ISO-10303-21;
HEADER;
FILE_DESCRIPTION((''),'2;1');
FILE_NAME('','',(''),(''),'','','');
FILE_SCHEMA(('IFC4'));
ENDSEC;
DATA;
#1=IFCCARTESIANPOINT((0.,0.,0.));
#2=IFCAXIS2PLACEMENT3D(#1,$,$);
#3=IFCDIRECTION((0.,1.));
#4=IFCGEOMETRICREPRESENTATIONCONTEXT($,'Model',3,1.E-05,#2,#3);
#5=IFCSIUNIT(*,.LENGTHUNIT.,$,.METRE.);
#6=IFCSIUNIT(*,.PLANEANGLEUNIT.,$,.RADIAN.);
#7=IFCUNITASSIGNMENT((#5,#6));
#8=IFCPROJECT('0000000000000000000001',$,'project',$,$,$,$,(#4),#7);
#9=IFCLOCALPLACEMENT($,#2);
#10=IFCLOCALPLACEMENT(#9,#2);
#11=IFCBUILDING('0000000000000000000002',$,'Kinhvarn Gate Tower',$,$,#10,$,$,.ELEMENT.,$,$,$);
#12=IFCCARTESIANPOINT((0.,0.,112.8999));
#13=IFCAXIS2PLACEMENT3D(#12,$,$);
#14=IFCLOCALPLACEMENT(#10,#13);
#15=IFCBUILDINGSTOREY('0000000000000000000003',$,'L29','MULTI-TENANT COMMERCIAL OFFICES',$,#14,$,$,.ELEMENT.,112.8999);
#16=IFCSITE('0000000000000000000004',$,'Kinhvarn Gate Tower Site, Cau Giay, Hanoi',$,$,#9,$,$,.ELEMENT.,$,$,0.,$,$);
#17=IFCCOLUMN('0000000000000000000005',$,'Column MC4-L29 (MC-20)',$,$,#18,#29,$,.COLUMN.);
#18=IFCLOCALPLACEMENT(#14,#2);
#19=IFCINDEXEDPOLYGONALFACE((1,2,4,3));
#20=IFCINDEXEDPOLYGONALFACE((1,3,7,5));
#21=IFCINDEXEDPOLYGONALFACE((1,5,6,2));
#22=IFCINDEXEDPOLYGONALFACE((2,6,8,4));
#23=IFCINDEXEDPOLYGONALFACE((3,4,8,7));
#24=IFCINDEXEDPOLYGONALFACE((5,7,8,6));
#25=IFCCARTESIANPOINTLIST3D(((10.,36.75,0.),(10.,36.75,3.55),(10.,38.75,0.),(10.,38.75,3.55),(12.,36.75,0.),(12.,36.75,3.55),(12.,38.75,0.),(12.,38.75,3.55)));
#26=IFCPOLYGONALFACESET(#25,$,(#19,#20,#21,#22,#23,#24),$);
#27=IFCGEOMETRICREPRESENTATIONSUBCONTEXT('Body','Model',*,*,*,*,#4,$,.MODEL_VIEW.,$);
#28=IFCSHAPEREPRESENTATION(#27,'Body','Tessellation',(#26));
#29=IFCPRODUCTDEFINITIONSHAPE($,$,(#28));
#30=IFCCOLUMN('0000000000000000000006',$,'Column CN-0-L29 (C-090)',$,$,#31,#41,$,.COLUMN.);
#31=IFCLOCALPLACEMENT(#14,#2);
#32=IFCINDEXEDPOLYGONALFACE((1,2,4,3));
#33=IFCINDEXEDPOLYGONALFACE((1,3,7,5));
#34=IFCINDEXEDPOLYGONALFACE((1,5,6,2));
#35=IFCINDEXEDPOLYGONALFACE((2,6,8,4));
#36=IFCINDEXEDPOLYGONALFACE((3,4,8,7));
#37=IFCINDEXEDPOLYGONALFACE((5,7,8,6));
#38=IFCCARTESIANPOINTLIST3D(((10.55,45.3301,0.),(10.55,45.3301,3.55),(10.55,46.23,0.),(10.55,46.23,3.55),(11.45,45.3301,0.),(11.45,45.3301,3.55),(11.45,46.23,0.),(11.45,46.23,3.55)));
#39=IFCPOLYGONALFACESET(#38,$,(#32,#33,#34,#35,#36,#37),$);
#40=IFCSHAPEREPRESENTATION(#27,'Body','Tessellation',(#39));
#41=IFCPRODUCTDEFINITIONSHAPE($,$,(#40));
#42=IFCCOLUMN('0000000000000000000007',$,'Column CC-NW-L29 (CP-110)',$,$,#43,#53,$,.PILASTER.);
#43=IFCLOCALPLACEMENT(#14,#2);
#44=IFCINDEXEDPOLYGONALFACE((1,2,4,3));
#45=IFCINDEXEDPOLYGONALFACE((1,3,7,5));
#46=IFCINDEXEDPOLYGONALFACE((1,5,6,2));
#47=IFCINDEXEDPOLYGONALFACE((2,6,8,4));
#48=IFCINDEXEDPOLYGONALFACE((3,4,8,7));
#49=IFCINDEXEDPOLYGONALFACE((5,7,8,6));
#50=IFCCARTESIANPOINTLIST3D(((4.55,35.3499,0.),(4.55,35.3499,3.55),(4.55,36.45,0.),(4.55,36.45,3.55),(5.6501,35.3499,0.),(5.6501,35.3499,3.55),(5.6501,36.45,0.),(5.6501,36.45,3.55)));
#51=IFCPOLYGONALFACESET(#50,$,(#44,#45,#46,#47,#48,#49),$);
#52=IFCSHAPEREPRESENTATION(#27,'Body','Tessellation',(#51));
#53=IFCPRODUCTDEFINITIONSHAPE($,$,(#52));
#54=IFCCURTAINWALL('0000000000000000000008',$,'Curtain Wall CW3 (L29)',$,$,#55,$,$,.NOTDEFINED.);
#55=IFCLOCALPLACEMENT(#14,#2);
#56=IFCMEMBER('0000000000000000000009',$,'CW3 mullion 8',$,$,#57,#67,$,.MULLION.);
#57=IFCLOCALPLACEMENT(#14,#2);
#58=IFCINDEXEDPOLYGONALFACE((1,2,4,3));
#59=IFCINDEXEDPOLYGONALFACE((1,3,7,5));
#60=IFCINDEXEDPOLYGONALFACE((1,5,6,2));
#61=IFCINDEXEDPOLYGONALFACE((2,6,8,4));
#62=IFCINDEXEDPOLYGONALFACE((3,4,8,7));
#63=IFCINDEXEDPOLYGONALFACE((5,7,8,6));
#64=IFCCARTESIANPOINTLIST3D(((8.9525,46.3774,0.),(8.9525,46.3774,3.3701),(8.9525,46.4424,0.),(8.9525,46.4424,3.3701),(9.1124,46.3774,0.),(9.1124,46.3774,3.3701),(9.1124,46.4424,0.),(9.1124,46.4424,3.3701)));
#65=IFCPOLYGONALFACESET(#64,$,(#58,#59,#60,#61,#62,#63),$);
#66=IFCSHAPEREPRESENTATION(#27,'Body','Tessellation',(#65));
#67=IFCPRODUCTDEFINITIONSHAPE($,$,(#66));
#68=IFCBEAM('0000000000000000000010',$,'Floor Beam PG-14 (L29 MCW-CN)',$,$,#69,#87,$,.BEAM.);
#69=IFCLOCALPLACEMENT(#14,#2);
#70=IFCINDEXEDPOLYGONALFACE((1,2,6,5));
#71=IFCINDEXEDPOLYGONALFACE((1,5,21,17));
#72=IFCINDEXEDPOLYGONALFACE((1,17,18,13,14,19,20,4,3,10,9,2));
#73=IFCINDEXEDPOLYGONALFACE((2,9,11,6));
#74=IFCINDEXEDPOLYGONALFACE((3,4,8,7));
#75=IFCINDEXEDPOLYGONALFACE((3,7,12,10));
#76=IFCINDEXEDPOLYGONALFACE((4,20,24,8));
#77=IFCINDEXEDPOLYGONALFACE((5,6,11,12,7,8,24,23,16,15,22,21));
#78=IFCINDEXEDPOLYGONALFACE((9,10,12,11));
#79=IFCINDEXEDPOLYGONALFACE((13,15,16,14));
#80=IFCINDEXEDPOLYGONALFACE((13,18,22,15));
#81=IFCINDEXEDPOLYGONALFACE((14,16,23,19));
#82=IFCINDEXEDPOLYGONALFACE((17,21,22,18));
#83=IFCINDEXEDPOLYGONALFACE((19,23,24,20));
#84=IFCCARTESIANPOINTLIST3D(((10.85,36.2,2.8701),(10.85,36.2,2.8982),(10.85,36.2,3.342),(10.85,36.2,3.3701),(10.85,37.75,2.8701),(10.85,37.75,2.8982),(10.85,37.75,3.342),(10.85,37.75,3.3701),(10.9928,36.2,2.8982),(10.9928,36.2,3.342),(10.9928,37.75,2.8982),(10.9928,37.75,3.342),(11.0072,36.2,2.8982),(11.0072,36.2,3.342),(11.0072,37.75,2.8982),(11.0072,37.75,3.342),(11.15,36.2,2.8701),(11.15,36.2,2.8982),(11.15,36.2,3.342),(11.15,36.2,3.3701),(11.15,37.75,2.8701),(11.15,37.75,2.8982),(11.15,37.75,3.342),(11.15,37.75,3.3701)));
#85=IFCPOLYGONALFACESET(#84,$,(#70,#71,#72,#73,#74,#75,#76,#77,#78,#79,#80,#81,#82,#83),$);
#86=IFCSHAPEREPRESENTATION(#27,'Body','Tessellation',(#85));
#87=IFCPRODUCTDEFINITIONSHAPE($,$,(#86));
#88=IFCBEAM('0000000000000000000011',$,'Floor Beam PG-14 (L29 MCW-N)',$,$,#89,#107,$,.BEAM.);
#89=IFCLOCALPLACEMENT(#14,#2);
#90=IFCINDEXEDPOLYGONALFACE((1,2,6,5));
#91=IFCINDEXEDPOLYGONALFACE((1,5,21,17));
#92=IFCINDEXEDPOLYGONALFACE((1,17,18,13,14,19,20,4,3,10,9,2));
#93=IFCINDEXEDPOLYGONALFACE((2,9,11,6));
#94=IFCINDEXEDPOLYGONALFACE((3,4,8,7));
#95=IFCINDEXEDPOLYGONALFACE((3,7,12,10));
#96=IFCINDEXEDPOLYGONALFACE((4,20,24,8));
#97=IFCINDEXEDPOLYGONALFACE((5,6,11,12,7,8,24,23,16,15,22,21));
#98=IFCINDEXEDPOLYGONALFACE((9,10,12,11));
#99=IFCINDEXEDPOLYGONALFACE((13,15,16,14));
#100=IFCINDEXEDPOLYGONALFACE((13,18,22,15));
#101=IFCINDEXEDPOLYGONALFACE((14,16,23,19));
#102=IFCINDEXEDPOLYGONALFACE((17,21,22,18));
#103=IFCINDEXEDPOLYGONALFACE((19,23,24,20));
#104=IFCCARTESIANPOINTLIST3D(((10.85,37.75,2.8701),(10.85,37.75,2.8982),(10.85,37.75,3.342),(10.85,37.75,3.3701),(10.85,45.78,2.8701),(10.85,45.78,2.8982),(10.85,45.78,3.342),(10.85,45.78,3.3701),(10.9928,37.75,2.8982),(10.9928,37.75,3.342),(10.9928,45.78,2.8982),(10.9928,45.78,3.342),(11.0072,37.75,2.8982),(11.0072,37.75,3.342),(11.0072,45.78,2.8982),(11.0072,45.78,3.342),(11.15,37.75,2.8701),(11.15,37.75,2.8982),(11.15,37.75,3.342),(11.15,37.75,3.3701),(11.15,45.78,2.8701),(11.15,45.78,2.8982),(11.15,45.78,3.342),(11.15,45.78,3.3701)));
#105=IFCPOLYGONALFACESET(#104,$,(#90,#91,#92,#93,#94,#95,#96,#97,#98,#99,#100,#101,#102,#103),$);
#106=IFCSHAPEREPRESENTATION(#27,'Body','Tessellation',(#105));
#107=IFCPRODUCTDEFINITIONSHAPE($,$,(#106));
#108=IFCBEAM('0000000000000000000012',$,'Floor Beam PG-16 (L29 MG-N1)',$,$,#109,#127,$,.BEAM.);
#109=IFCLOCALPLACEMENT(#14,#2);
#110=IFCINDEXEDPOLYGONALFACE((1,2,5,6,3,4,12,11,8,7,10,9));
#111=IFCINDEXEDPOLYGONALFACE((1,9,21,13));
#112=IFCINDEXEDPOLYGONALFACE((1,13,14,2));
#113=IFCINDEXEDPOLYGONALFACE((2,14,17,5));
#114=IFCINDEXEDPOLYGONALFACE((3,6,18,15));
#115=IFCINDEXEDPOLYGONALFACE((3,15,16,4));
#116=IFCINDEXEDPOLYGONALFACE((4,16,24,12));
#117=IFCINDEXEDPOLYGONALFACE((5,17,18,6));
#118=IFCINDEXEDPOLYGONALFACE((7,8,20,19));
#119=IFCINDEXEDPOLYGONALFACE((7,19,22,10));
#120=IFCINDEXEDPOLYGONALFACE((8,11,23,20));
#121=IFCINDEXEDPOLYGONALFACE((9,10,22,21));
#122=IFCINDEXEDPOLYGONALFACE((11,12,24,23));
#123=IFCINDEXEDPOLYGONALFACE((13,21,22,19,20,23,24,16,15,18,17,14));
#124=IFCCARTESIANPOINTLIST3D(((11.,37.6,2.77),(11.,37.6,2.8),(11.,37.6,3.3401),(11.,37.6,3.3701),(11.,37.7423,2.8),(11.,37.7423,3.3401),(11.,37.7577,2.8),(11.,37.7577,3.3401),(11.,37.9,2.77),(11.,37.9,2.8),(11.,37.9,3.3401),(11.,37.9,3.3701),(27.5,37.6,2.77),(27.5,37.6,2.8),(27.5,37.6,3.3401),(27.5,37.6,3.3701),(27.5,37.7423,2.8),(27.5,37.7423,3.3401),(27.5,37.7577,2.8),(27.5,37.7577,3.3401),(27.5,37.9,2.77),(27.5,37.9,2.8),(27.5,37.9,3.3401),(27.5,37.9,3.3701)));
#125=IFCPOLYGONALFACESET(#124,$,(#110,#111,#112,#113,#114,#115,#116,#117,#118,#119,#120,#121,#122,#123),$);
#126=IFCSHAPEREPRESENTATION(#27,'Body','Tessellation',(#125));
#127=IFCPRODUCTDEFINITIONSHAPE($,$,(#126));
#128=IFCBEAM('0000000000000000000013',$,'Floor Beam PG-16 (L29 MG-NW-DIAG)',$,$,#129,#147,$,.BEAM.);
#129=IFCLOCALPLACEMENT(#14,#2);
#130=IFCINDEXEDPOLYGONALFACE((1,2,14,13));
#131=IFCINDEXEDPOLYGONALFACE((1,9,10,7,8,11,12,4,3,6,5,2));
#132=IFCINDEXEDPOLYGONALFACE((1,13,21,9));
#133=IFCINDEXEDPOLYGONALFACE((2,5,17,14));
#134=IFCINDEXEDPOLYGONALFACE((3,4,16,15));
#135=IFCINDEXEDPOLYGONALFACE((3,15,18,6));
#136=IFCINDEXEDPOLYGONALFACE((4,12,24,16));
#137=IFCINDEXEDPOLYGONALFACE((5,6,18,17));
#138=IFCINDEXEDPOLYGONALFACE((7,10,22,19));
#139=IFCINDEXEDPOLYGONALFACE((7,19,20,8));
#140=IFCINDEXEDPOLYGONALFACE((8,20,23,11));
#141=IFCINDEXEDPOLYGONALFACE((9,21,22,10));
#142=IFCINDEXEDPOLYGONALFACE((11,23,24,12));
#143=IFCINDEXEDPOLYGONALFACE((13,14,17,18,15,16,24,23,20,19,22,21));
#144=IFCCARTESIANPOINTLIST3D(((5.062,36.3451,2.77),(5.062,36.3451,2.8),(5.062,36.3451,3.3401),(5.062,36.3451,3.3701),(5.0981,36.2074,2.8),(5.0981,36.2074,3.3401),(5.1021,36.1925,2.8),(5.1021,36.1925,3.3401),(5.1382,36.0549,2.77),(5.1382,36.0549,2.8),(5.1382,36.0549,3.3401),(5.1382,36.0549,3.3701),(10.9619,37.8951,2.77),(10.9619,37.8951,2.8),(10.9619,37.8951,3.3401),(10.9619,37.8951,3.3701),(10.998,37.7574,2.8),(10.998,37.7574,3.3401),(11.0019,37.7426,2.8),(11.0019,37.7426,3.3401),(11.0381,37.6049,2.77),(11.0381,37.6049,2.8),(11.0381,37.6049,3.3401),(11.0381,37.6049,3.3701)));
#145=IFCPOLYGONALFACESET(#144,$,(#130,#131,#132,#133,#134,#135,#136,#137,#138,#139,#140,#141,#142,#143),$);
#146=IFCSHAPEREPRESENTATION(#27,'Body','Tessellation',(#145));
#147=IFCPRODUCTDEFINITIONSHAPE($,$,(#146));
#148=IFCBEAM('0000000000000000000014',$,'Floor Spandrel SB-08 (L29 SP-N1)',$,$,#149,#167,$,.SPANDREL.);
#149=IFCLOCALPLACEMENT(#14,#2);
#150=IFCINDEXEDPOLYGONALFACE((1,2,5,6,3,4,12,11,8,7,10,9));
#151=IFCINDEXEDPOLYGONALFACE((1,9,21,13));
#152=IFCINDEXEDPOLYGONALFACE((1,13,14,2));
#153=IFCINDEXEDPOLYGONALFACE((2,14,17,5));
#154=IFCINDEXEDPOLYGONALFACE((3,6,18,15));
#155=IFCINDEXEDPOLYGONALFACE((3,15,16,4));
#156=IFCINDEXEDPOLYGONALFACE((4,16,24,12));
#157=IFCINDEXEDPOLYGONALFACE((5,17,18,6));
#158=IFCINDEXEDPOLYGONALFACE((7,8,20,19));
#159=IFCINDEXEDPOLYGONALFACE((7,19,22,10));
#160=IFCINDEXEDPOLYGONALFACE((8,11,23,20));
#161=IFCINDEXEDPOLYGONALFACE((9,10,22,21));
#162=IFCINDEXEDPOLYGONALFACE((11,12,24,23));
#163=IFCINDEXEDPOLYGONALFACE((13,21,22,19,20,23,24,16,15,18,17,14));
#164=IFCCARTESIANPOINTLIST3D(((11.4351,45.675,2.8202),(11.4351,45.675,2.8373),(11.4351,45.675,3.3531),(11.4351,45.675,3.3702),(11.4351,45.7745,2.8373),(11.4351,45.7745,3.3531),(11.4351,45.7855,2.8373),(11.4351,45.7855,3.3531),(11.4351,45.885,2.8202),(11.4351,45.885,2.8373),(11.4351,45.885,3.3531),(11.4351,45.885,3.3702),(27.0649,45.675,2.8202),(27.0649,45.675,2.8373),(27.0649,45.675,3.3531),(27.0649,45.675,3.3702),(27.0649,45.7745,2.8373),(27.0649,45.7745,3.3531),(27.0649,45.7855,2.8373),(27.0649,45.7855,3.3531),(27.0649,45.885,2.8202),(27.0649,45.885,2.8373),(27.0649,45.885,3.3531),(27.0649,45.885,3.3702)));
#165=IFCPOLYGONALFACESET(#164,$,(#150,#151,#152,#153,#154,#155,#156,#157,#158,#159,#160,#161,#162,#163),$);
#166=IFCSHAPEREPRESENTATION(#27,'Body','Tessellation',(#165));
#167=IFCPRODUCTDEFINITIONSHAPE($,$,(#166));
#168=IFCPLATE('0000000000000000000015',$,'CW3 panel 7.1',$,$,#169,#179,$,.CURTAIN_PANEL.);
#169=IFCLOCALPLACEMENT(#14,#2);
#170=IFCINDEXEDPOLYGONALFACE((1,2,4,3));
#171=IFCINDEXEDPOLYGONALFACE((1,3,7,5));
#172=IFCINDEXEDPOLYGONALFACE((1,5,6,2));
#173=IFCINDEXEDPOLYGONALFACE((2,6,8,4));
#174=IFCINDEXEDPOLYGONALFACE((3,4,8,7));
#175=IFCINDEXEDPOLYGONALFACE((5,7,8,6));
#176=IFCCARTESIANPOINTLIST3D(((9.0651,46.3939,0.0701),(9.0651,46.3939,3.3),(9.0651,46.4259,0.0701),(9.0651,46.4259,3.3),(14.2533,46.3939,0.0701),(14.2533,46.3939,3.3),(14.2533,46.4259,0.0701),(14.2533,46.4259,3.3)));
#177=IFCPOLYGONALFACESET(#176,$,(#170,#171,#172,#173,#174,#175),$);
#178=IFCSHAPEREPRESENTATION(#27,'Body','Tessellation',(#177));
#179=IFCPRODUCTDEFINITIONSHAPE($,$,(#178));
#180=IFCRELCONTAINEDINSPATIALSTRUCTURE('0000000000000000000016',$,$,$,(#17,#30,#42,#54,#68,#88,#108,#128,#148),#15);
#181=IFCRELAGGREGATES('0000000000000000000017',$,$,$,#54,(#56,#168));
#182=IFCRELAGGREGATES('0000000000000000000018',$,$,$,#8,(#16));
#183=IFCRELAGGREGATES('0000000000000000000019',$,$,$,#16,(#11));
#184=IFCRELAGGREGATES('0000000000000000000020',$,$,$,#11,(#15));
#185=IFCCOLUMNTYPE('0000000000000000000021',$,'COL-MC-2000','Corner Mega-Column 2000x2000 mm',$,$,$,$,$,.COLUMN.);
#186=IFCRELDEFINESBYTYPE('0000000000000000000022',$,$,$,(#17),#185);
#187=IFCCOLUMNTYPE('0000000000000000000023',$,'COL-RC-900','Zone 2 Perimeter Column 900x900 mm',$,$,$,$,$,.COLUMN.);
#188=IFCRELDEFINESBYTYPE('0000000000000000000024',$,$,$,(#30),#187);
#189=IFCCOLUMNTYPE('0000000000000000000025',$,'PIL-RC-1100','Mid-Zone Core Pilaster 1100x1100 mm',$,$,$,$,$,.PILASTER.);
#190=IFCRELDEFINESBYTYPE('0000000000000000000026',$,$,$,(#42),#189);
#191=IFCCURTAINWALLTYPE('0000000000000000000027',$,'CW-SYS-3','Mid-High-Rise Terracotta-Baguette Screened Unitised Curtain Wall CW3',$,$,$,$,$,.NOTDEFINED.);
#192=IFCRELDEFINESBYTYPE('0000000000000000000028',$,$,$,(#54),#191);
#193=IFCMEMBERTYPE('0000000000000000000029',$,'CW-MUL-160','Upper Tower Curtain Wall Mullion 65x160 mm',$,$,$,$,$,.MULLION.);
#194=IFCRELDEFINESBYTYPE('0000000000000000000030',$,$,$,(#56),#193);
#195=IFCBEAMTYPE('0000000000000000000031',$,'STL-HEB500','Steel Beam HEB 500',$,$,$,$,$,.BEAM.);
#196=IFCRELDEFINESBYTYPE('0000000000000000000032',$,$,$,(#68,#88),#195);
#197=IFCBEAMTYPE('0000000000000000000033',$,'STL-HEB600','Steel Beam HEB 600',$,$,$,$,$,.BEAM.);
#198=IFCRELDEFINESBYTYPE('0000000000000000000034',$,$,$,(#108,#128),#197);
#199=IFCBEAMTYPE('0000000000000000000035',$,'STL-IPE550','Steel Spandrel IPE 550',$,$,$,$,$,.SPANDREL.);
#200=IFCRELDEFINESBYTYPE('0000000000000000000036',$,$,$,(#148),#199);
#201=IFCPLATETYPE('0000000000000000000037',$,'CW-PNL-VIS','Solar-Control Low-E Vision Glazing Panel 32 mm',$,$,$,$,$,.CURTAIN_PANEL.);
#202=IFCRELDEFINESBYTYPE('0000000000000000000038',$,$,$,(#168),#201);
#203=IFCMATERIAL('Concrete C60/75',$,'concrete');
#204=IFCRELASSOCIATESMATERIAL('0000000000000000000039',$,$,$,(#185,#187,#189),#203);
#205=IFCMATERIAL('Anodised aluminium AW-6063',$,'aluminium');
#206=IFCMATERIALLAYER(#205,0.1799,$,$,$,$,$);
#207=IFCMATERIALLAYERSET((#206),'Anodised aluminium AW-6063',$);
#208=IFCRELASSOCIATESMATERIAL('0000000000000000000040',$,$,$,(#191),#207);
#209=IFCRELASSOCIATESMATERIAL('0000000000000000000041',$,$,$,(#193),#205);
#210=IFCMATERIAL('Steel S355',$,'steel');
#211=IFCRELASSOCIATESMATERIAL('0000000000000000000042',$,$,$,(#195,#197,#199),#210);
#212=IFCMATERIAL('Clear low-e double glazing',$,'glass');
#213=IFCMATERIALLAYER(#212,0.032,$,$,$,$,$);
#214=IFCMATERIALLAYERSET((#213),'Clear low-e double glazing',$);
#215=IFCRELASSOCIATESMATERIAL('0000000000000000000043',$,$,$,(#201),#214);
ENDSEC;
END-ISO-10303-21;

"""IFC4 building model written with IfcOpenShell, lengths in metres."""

from ifc_helpers import new_model, si_unit, direction, frame, origin, origin_2d, place, context, subcontext, project, spatial, rectangle, i_section, extrude, material, layer, layer_set, material_profile, profile_set, type_object, element, aggregate, save


model = new_model("IFC4")

# Units and contexts
model_context = context("Model", 3, precision=1e-05, world=origin(), true_north=direction((0.0, 1.0)))
body_context = subcontext(model_context, "Body", "Model", "MODEL_VIEW")
ifc_project = project(units=[si_unit("LENGTHUNIT", "METRE"), si_unit("PLANEANGLEUNIT", "RADIAN")], contexts=[model_context])

# Site, building, storey
site_placement = place(None, origin())
site = spatial("IfcSite", under=ifc_project, at=site_placement, Name="Kinhvarn Gate Tower Site, Cau Giay, Hanoi", CompositionType="ELEMENT", RefElevation=0.0)
building_placement = place(site_placement, origin())
building = spatial("IfcBuilding", under=site, at=building_placement, Name="Kinhvarn Gate Tower", CompositionType="ELEMENT")
storey_placement = place(building_placement, frame((0.0, 0.0, 112.8999)))
storey = spatial("IfcBuildingStorey", under=building, at=storey_placement, Name="L29", Description="MULTI-TENANT COMMERCIAL OFFICES", CompositionType="ELEMENT", Elevation=112.8999)

# Columns
ifc_material_1 = material(Name="Concrete C60/75", Category="concrete")
ifc_material_profile_1 = material_profile(ifc_material_1, rectangle(XDim=2.0, YDim=2.0, at=origin_2d()), Name="RC 2000x2000")
ifc_profile_set_1 = profile_set([ifc_material_profile_1], Name="Concrete C60/75")
column_type_1 = type_object("IfcColumnType", Name="COL-MC-2000", Description="Corner Mega-Column 2000x2000 mm", PredefinedType="COLUMN", material=ifc_profile_set_1)
column_1_placement = place(storey_placement, frame((11.0, 37.75, 0.0), z_axis=(0.0, 0.0, 1.0), x_axis=(1.0, 0.0, 0.0)))
element("IfcColumn", 1, at=column_1_placement, inside=storey, type_object=column_type_1, Name="Column MC4-L29 (MC-20)", PredefinedType="COLUMN", context=body_context, shape_type="SweptSolid", body=[
    extrude(rectangle(XDim=2.0, YDim=2.0, at=origin_2d()), origin(), (0.0, 0.0, 1.0), 3.55),
])
ifc_material_profile_2 = material_profile(ifc_material_1, rectangle(XDim=0.8999, YDim=0.8999, at=origin_2d()), Name="RC 900x900")
ifc_profile_set_2 = profile_set([ifc_material_profile_2], Name="Concrete C60/75")
column_type_2 = type_object("IfcColumnType", Name="COL-RC-900", Description="Zone 2 Perimeter Column 900x900 mm", PredefinedType="COLUMN", material=ifc_profile_set_2)
column_2_placement = place(storey_placement, frame((11.0, 45.78, 0.0), z_axis=(0.0, 0.0, 1.0), x_axis=(1.0, 0.0, 0.0)))
element("IfcColumn", 2, at=column_2_placement, inside=storey, type_object=column_type_2, Name="Column CN-0-L29 (C-090)", PredefinedType="COLUMN", context=body_context, shape_type="SweptSolid", body=[
    extrude(rectangle(XDim=0.8999, YDim=0.8999, at=origin_2d()), origin(), (0.0, 0.0, 1.0), 3.55),
])
ifc_material_profile_3 = material_profile(ifc_material_1, rectangle(XDim=1.1001, YDim=1.1001, at=origin_2d()), Name="RC 1100x1100")
ifc_profile_set_3 = profile_set([ifc_material_profile_3], Name="Concrete C60/75")
column_type_3 = type_object("IfcColumnType", Name="PIL-RC-1100", Description="Mid-Zone Core Pilaster 1100x1100 mm", PredefinedType="PILASTER", material=ifc_profile_set_3)
column_3_placement = place(storey_placement, frame((5.1001, 35.8999, 0.0), z_axis=(0.0, 0.0, 1.0), x_axis=(1.0, 0.0, 0.0)))
element("IfcColumn", 3, at=column_3_placement, inside=storey, type_object=column_type_3, Name="Column CC-NW-L29 (CP-110)", PredefinedType="PILASTER", context=body_context, shape_type="SweptSolid", body=[
    extrude(rectangle(XDim=1.1001, YDim=1.1001, at=origin_2d()), origin(), (0.0, 0.0, 1.0), 3.55),
])

# Curtain wall, member
ifc_material_2 = material(Name="Anodised aluminium AW-6063", Category="aluminium")
ifc_layer_1 = layer(ifc_material_2, 0.1799)
ifc_layer_set_1 = layer_set([ifc_layer_1], Name="Anodised aluminium AW-6063")
curtain_wall_type = type_object("IfcCurtainWallType", Name="CW-SYS-3", Description="Mid-High-Rise Terracotta-Baguette Screened Unitised Curtain Wall CW3", PredefinedType="NOTDEFINED", material=ifc_layer_set_1)
curtain_wall_placement = place(storey_placement, origin())
curtain_wall = element("IfcCurtainWall", 4, at=curtain_wall_placement, inside=storey, type_object=curtain_wall_type, Name="Curtain Wall CW3 (L29)", PredefinedType="NOTDEFINED")
ifc_material_profile_4 = material_profile(ifc_material_2, rectangle(XDim=0.0649, YDim=0.1599, at=origin_2d()), Name="ALU 65x160")
ifc_profile_set_4 = profile_set([ifc_material_profile_4], Name="Anodised aluminium AW-6063")
member_type = type_object("IfcMemberType", Name="CW-MUL-160", Description="Upper Tower Curtain Wall Mullion 65x160 mm", PredefinedType="MULLION", material=ifc_profile_set_4)
member_placement = place(storey_placement, frame((9.0325, 46.4099, 0.0), z_axis=(0.0, 0.0, 1.0), x_axis=(0.0, -1.0, 0.0)))
member = element("IfcMember", 5, at=member_placement, type_object=member_type, Name="CW3 mullion 8", PredefinedType="MULLION", context=body_context, shape_type="SweptSolid", body=[
    extrude(rectangle(XDim=0.0649, YDim=0.1599, at=origin_2d()), origin(), (0.0, 0.0, 1.0), 3.3701),
])

# Beams
ifc_material_3 = material(Name="Steel S355", Category="steel")
ifc_material_profile_5 = material_profile(ifc_material_3, i_section(OverallWidth=0.3, OverallDepth=0.5, WebThickness=0.0144, FlangeThickness=0.0281, at=origin_2d()), Name="HEB 500")
ifc_profile_set_5 = profile_set([ifc_material_profile_5], Name="Steel S355")
beam_type_1 = type_object("IfcBeamType", Name="STL-HEB500", Description="Steel Beam HEB 500", PredefinedType="BEAM", material=ifc_profile_set_5)
beam_1_placement = place(storey_placement, frame((11.0, 36.2, 3.1201), z_axis=(0.0, 1.0, 0.0), x_axis=(-1.0, 0.0, 0.0)))
element("IfcBeam", 6, at=beam_1_placement, inside=storey, type_object=beam_type_1, Name="Floor Beam PG-14 (L29 MCW-CN)", PredefinedType="BEAM", context=body_context, shape_type="SweptSolid", body=[
    extrude(i_section(OverallWidth=0.3, OverallDepth=0.5, WebThickness=0.0144, FlangeThickness=0.0281, at=origin_2d()), origin(), (0.0, 0.0, 1.0), 1.55),
])
beam_2_placement = place(storey_placement, frame((11.0, 37.75, 3.1201), z_axis=(0.0, 1.0, 0.0), x_axis=(-1.0, 0.0, 0.0)))
element("IfcBeam", 7, at=beam_2_placement, inside=storey, type_object=beam_type_1, Name="Floor Beam PG-14 (L29 MCW-N)", PredefinedType="BEAM", context=body_context, shape_type="SweptSolid", body=[
    extrude(i_section(OverallWidth=0.3, OverallDepth=0.5, WebThickness=0.0144, FlangeThickness=0.0281, at=origin_2d()), origin(), (0.0, 0.0, 1.0), 8.03),
])
ifc_material_profile_6 = material_profile(ifc_material_3, i_section(OverallWidth=0.3, OverallDepth=0.6001, WebThickness=0.0154, FlangeThickness=0.03, at=origin_2d()), Name="HEB 600")
ifc_profile_set_6 = profile_set([ifc_material_profile_6], Name="Steel S355")
beam_type_2 = type_object("IfcBeamType", Name="STL-HEB600", Description="Steel Beam HEB 600", PredefinedType="BEAM", material=ifc_profile_set_6)
beam_3_placement = place(storey_placement, frame((11.0, 37.75, 3.0701), z_axis=(1.0, 0.0, 0.0), x_axis=(0.0, 1.0, 0.0)))
element("IfcBeam", 8, at=beam_3_placement, inside=storey, type_object=beam_type_2, Name="Floor Beam PG-16 (L29 MG-N1)", PredefinedType="BEAM", context=body_context, shape_type="SweptSolid", body=[
    extrude(i_section(OverallWidth=0.3, OverallDepth=0.6001, WebThickness=0.0154, FlangeThickness=0.03, at=origin_2d()), origin(), (0.0, 0.0, 1.0), 16.5),
])
beam_4_placement = place(storey_placement, frame((5.1001, 36.2, 3.0701), z_axis=(0.967178, 0.254101, 0.0), x_axis=(-0.254101, 0.967178, 0.0)))
element("IfcBeam", 9, at=beam_4_placement, inside=storey, type_object=beam_type_2, Name="Floor Beam PG-16 (L29 MG-NW-DIAG)", PredefinedType="BEAM", context=body_context, shape_type="SweptSolid", body=[
    extrude(i_section(OverallWidth=0.3, OverallDepth=0.6001, WebThickness=0.0154, FlangeThickness=0.03, at=origin_2d()), origin(), (0.0, 0.0, 1.0), 6.1001),
])
ifc_material_profile_7 = material_profile(ifc_material_3, i_section(OverallWidth=0.21, OverallDepth=0.55, WebThickness=0.011, FlangeThickness=0.0171, at=origin_2d()), Name="IPE 550")
ifc_profile_set_7 = profile_set([ifc_material_profile_7], Name="Steel S355")
beam_type_3 = type_object("IfcBeamType", Name="STL-IPE550", Description="Steel Spandrel IPE 550", PredefinedType="SPANDREL", material=ifc_profile_set_7)
beam_5_placement = place(storey_placement, frame((11.4351, 45.78, 3.0952), z_axis=(1.0, 0.0, 0.0), x_axis=(0.0, 1.0, 0.0)))
element("IfcBeam", 10, at=beam_5_placement, inside=storey, type_object=beam_type_3, Name="Floor Spandrel SB-08 (L29 SP-N1)", PredefinedType="SPANDREL", context=body_context, shape_type="SweptSolid", body=[
    extrude(i_section(OverallWidth=0.21, OverallDepth=0.55, WebThickness=0.011, FlangeThickness=0.0171, at=origin_2d()), origin(), (0.0, 0.0, 1.0), 15.6299),
])

# Plate
ifc_material_4 = material(Name="Clear low-e double glazing", Category="glass")
ifc_layer_2 = layer(ifc_material_4, 0.032)
ifc_layer_set_2 = layer_set([ifc_layer_2], Name="Clear low-e double glazing")
plate_type = type_object("IfcPlateType", Name="CW-PNL-VIS", Description="Solar-Control Low-E Vision Glazing Panel 32 mm", PredefinedType="CURTAIN_PANEL", material=ifc_layer_set_2)
plate_placement = place(storey_placement, frame((11.6592, 46.4099, 0.0701), z_axis=(0.0, 0.0, 1.0), x_axis=(-1.0, 0.0, 0.0)))
plate = element("IfcPlate", 11, at=plate_placement, type_object=plate_type, Name="CW3 panel 7.1", PredefinedType="CURTAIN_PANEL", context=body_context, shape_type="SweptSolid", body=[
    extrude(rectangle(XDim=5.1882, YDim=0.032, at=origin_2d()), origin(), (0.0, 0.0, 1.0), 3.23),
])
aggregate(curtain_wall, [member, plate])

save(model, "model.ifc")
